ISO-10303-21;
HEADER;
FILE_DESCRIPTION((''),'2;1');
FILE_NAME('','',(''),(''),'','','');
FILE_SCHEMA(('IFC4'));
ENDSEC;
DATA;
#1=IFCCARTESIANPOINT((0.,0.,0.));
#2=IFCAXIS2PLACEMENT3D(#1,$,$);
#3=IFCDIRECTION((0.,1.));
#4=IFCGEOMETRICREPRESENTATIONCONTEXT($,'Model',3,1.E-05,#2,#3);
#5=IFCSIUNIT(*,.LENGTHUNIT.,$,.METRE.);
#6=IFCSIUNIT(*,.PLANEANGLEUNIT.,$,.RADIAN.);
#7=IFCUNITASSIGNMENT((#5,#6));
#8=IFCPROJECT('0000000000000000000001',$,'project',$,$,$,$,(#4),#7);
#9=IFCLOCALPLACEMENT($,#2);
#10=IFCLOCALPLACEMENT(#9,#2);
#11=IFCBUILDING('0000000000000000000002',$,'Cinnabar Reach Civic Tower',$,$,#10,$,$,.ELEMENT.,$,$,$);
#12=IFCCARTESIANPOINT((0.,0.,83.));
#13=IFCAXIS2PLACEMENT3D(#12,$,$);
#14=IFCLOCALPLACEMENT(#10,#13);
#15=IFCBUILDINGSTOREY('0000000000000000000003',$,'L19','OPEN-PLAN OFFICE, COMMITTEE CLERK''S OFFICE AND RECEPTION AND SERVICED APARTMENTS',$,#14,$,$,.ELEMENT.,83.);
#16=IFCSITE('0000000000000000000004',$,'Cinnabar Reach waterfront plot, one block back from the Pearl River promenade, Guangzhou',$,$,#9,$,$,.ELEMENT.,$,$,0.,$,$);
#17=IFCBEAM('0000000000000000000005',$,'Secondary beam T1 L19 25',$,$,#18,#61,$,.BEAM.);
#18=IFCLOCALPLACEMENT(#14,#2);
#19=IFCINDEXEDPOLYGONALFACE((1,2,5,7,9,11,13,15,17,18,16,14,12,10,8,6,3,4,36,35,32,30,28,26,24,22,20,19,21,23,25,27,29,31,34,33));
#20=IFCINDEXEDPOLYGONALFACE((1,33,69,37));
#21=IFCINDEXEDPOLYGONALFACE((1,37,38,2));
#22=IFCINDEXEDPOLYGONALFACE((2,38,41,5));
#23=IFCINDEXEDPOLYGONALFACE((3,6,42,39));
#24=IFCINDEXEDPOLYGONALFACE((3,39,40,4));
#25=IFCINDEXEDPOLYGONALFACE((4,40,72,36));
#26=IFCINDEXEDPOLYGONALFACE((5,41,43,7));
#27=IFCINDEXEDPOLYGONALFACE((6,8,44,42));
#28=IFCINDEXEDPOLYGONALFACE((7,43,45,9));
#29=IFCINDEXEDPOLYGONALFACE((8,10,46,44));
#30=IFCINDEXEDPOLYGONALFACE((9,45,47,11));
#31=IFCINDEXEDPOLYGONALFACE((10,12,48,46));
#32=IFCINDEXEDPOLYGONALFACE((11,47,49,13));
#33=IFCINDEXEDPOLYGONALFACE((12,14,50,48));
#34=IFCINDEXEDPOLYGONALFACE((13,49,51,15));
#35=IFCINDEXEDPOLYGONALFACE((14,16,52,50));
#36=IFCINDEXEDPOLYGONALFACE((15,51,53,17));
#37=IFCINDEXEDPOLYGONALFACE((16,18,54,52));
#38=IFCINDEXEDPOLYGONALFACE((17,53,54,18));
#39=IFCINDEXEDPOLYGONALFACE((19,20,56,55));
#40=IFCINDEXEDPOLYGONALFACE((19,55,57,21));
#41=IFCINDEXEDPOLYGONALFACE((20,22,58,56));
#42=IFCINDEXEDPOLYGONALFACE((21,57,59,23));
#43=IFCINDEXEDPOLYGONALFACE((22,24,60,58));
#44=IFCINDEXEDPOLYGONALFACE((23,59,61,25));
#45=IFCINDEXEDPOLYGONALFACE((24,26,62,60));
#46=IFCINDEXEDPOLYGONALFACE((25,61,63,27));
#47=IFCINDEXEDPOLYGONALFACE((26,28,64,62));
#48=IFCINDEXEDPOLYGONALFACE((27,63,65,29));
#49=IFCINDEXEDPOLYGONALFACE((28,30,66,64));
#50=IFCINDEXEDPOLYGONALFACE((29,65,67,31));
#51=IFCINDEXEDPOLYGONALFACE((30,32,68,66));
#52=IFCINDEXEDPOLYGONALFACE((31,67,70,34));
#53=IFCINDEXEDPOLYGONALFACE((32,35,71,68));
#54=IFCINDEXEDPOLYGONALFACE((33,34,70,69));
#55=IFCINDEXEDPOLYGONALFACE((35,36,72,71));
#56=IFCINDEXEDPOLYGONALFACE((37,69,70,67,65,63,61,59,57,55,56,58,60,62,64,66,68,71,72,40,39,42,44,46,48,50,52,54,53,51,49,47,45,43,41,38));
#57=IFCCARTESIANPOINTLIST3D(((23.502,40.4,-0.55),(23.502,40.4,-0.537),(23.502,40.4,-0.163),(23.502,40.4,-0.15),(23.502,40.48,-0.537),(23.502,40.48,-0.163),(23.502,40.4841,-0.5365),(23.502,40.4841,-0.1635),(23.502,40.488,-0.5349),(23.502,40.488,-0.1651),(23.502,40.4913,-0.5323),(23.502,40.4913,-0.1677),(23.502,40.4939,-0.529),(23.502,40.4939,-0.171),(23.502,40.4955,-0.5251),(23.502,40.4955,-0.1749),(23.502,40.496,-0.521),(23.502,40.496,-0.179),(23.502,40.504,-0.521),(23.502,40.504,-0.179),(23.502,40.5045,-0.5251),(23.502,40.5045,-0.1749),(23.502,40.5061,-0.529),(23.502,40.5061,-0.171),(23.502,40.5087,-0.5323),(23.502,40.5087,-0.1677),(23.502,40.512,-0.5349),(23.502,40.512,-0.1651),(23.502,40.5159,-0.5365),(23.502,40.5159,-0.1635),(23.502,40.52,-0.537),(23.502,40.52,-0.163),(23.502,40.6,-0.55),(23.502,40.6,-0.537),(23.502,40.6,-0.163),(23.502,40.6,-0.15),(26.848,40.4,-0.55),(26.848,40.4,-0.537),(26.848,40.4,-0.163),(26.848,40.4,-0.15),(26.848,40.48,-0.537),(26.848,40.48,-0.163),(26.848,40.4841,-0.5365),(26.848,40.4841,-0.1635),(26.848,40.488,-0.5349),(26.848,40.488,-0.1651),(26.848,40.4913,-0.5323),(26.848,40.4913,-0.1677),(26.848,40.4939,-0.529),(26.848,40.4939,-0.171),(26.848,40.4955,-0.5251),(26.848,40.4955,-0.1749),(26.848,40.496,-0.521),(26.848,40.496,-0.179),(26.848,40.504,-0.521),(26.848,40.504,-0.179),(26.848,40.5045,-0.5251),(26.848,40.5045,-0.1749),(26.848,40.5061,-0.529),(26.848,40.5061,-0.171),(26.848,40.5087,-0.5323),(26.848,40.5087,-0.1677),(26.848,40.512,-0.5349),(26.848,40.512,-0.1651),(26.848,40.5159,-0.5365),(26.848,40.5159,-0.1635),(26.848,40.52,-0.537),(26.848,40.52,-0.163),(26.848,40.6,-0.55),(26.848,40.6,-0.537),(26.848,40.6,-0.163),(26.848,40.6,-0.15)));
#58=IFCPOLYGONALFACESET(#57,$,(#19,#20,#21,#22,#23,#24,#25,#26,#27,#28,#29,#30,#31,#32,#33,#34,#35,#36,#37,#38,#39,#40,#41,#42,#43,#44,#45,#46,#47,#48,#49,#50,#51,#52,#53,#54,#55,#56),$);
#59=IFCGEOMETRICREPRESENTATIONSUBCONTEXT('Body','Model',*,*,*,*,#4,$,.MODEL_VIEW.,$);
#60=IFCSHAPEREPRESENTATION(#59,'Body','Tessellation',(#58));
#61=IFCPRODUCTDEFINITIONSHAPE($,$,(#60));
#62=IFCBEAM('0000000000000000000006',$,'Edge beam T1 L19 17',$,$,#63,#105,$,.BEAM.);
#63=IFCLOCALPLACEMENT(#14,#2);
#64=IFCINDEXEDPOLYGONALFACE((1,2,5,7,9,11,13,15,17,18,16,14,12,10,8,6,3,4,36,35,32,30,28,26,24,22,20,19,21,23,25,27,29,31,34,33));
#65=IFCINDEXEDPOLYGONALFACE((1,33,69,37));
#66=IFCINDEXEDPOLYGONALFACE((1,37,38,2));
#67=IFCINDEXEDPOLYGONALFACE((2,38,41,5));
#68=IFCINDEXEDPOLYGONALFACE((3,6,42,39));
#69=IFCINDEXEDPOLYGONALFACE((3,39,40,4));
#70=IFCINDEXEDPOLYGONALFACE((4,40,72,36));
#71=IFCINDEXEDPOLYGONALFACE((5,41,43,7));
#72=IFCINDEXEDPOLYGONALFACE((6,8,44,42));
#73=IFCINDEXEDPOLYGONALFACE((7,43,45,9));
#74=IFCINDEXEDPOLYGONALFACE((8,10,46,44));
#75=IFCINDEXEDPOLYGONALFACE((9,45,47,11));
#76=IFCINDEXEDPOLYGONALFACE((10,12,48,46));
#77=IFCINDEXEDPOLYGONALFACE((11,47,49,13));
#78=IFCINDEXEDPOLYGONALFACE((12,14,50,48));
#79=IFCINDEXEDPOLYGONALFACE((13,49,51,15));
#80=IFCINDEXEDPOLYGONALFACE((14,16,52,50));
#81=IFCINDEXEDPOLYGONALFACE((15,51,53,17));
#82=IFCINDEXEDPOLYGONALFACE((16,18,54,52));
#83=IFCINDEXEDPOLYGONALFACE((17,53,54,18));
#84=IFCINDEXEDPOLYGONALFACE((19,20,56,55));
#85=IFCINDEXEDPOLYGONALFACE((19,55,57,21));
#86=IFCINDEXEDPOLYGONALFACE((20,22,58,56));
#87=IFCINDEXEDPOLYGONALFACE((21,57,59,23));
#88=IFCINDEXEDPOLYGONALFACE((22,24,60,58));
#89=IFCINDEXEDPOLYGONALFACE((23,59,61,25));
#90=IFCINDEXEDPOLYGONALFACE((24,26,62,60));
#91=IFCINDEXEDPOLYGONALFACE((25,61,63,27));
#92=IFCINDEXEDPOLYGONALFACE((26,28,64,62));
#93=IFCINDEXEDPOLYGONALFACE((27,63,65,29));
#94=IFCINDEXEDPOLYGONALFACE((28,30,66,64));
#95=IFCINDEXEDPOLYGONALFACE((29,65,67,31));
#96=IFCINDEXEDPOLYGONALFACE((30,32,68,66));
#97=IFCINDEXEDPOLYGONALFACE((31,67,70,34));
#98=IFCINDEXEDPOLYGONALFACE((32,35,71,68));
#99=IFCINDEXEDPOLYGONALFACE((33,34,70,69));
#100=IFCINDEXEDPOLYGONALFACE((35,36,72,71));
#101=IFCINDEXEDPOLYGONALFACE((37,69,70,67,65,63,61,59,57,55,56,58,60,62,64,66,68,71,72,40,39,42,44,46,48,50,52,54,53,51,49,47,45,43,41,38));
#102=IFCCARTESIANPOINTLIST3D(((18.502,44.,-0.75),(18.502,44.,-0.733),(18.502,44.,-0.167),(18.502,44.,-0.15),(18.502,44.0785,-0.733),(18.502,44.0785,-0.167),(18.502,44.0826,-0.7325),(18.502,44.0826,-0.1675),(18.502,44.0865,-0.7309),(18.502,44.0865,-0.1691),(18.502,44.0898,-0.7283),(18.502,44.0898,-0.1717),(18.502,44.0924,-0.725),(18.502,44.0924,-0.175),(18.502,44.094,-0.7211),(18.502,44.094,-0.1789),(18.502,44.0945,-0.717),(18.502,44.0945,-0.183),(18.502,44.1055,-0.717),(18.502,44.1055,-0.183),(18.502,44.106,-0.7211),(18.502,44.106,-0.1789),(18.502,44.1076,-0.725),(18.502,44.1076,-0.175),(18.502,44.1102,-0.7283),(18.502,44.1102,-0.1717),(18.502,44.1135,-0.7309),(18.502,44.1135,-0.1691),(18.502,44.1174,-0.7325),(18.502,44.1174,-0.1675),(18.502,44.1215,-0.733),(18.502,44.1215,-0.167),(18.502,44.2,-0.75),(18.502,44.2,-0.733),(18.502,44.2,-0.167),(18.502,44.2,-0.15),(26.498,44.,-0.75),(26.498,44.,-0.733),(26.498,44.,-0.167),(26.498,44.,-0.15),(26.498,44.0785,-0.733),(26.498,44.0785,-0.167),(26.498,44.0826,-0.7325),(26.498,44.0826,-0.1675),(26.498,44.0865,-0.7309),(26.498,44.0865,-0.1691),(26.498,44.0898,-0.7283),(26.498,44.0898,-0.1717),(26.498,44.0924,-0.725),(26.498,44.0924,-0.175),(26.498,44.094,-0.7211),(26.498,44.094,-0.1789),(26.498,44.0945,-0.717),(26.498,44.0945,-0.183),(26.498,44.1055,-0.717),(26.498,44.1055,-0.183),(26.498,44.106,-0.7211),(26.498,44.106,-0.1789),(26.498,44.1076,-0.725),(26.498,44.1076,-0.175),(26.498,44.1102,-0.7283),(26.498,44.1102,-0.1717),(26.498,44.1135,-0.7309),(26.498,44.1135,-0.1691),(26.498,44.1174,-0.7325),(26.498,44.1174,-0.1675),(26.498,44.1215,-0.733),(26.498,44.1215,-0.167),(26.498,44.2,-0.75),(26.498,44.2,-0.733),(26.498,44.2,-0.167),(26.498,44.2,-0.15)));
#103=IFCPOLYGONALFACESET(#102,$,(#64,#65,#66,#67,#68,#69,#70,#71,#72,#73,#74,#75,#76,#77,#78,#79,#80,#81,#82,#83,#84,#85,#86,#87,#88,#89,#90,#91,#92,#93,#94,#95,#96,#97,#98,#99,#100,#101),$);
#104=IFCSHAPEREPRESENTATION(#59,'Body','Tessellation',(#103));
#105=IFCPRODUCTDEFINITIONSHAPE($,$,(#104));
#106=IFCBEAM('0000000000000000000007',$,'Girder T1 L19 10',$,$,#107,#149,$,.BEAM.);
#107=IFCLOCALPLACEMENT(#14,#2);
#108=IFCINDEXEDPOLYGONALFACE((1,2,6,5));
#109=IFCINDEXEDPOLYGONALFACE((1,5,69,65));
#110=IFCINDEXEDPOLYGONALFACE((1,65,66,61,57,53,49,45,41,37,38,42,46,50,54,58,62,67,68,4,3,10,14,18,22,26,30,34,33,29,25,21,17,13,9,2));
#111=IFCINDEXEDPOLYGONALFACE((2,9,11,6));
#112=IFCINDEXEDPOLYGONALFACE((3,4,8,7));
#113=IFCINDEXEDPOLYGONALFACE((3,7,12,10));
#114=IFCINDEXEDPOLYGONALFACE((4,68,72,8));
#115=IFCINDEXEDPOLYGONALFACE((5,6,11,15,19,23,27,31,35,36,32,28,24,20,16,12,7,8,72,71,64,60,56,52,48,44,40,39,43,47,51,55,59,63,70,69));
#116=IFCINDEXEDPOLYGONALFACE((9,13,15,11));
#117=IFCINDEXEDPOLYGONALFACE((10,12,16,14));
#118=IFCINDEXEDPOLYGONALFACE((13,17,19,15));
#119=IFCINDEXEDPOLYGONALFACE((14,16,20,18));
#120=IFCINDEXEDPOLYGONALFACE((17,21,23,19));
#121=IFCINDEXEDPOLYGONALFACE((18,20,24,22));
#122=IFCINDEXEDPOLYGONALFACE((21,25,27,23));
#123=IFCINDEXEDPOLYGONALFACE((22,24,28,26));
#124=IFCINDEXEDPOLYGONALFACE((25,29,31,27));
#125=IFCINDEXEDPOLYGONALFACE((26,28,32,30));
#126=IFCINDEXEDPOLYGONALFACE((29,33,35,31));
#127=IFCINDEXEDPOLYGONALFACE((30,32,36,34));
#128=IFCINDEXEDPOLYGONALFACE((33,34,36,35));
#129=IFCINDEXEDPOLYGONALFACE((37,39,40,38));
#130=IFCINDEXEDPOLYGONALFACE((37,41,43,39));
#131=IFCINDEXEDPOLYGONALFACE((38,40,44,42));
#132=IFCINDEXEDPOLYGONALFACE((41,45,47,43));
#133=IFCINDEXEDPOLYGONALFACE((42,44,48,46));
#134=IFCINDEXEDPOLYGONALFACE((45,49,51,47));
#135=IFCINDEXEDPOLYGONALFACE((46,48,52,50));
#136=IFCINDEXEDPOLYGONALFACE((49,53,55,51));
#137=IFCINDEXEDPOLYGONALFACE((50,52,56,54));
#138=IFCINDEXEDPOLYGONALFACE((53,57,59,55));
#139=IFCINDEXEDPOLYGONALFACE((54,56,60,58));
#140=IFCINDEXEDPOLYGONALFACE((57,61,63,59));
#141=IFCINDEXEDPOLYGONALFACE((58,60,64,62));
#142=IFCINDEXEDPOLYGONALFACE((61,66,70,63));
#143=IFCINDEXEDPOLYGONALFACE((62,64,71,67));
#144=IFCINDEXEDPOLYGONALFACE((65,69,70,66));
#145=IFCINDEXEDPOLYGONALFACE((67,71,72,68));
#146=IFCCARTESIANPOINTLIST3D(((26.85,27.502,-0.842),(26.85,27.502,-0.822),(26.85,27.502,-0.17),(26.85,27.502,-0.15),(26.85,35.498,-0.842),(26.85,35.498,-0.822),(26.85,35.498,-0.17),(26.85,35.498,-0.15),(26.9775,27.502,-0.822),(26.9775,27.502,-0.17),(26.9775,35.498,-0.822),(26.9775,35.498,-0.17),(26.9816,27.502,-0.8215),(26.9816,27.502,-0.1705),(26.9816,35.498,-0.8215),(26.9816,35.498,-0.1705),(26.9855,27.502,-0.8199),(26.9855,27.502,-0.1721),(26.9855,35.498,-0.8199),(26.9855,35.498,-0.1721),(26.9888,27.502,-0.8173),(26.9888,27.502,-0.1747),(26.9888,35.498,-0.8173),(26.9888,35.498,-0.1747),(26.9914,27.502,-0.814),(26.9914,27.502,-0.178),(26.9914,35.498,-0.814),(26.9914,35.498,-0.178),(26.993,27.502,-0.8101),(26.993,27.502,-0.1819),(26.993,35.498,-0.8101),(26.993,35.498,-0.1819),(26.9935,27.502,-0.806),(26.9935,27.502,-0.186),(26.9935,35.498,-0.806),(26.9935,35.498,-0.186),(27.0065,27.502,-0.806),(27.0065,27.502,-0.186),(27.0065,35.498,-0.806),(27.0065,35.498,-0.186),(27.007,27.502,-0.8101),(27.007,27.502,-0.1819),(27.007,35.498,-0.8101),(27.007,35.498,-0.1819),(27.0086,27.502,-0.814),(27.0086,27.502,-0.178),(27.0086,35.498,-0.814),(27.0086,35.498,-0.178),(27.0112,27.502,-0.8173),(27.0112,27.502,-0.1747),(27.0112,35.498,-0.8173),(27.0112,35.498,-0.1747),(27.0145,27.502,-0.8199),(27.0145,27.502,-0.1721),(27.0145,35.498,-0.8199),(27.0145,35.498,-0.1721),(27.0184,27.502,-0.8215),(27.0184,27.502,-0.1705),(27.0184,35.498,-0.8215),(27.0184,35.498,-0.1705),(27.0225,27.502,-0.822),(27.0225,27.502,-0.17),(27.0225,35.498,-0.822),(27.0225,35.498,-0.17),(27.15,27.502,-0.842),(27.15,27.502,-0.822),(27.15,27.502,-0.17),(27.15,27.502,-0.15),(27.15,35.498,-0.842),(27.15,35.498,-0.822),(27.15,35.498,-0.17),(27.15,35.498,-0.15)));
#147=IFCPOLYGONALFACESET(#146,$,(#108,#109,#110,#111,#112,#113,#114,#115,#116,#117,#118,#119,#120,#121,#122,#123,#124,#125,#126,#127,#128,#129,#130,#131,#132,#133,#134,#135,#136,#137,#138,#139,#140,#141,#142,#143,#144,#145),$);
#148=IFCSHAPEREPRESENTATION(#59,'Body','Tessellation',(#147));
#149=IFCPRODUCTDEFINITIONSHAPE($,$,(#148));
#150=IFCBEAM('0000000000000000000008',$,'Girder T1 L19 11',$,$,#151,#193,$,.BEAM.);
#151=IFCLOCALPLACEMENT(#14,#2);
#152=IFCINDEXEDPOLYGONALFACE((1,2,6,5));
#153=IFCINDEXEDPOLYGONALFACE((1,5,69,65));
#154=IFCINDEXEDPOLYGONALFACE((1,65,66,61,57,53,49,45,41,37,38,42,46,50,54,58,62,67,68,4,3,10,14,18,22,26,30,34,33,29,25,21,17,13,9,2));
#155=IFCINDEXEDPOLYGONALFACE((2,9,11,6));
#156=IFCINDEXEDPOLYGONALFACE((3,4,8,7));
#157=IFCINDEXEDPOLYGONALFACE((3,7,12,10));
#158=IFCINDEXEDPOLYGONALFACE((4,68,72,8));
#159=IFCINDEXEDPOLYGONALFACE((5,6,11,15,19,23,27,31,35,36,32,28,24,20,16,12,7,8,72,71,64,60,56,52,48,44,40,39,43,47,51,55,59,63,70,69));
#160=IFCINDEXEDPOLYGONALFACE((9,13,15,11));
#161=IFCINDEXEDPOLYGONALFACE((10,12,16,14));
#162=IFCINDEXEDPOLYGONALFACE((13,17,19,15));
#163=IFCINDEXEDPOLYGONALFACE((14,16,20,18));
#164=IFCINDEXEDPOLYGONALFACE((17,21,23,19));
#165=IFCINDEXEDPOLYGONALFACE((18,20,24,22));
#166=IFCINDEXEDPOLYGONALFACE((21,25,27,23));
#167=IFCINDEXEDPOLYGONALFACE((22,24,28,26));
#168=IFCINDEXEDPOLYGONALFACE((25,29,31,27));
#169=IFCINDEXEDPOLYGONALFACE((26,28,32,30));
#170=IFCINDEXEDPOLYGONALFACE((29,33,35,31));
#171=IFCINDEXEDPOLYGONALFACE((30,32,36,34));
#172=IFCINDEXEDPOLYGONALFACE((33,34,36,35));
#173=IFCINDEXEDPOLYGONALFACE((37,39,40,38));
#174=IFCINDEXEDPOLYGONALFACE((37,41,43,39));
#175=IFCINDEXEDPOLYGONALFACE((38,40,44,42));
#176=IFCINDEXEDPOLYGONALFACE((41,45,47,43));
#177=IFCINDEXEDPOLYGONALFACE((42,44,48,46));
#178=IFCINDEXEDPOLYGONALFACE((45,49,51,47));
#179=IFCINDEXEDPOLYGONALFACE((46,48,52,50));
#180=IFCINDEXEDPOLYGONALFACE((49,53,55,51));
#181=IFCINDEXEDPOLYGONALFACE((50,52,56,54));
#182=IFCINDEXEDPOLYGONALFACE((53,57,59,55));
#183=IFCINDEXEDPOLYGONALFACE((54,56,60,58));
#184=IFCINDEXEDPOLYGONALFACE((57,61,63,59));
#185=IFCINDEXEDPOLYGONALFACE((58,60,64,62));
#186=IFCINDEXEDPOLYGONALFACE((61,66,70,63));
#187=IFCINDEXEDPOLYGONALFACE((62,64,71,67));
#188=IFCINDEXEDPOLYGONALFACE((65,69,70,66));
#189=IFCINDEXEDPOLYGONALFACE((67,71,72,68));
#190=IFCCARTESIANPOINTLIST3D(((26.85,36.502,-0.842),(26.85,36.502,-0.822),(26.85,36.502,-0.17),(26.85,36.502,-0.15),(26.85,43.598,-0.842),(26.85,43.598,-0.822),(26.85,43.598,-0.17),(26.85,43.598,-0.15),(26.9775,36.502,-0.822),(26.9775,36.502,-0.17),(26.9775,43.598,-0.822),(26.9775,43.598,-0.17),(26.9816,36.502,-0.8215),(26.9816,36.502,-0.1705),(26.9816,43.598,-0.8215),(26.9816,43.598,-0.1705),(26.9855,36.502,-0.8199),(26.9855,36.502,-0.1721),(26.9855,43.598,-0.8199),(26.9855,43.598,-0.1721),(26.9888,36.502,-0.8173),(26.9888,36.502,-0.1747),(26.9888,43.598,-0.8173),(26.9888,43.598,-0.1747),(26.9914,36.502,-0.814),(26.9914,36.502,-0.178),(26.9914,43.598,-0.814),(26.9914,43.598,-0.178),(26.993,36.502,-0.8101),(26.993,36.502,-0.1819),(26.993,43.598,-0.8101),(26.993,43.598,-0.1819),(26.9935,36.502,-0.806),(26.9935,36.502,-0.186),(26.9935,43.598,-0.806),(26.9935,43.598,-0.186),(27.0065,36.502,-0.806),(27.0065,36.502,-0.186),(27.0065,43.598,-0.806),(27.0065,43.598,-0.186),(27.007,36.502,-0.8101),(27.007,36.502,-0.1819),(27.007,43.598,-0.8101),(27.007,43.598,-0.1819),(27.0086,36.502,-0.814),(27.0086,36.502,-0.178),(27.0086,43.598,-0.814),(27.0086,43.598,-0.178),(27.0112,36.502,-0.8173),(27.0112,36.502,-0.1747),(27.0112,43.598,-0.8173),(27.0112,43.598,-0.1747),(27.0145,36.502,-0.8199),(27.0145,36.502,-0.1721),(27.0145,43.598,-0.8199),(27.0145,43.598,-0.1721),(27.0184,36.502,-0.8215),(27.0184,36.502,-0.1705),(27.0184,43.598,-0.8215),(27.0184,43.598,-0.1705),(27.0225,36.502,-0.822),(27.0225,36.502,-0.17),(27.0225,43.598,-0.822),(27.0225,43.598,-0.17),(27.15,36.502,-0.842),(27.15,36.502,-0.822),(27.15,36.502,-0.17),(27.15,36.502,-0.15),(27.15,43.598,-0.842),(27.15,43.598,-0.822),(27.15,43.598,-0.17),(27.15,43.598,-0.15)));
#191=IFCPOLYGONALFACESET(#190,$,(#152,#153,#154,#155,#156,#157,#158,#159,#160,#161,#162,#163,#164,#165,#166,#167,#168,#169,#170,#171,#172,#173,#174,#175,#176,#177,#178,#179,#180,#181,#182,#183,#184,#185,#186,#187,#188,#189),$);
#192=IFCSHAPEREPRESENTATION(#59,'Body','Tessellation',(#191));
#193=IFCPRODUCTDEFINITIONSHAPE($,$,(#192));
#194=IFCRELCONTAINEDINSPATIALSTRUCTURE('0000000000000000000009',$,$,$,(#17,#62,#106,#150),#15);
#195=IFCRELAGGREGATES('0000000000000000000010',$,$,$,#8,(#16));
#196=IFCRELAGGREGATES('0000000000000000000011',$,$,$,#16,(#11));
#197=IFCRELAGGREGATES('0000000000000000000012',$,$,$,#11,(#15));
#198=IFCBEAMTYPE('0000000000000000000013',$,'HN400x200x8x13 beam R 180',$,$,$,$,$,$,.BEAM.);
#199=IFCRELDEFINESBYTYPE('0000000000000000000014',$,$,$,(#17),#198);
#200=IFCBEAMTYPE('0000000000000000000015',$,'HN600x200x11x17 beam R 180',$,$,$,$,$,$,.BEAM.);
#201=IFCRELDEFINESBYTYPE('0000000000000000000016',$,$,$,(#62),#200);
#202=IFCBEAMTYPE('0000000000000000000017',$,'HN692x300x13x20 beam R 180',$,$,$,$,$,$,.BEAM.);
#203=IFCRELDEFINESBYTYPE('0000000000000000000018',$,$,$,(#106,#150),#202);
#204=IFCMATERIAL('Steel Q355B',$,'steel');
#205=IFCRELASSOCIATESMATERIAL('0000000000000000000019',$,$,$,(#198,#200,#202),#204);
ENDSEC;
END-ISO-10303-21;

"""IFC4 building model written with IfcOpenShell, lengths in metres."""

from ifc_helpers import new_model, si_unit, direction, frame, origin, origin_2d, place, context, subcontext, project, spatial, i_section, extrude, material, material_profile, profile_set, type_object, element, save


model = new_model("IFC4")

# Units and contexts
model_context = context("Model", 3, precision=1e-05, world=origin(), true_north=direction((0.0, 1.0)))
body_context = subcontext(model_context, "Body", "Model", "MODEL_VIEW")
ifc_project = project(units=[si_unit("LENGTHUNIT", "METRE"), si_unit("PLANEANGLEUNIT", "RADIAN")], contexts=[model_context])

# Site, building, storey
site_placement = place(None, origin())
site = spatial("IfcSite", under=ifc_project, at=site_placement, Name="Cinnabar Reach waterfront plot, one block back from the Pearl River promenade, Guangzhou", CompositionType="ELEMENT", RefElevation=0.0)
building_placement = place(site_placement, origin())
building = spatial("IfcBuilding", under=site, at=building_placement, Name="Cinnabar Reach Civic Tower", CompositionType="ELEMENT")
storey_placement = place(building_placement, frame((0.0, 0.0, 83.0)))
storey = spatial("IfcBuildingStorey", under=building, at=storey_placement, Name="L19", Description="OPEN-PLAN OFFICE, COMMITTEE CLERK'S OFFICE AND RECEPTION AND SERVICED APARTMENTS", CompositionType="ELEMENT", Elevation=83.0)

# Beams
ifc_material_1 = material(Name="Steel Q355B", Category="steel")
ifc_material_profile_1 = material_profile(ifc_material_1, i_section(OverallWidth=0.2, OverallDepth=0.4, WebThickness=0.008, FlangeThickness=0.013, FilletRadius=0.016, at=origin_2d()), Name="HN400x200x8x13")
ifc_profile_set_1 = profile_set([ifc_material_profile_1], Name="Steel Q355B")
beam_type_1 = type_object("IfcBeamType", Name="HN400x200x8x13 beam R 180", PredefinedType="BEAM", material=ifc_profile_set_1)
for number, where, z_axis, x_axis, name in (
    (1, (23.502, 40.5, -0.35), (1.0, 0.0, 0.0), (0.0, 1.0, 0.0), "Secondary beam T1 L19 25"),
):
    element("IfcBeam", number, at=place(storey_placement, frame(where, z_axis=z_axis, x_axis=x_axis)), inside=storey, type_object=beam_type_1, Name=name, PredefinedType="BEAM", context=body_context, shape_type="SweptSolid", body=[
        extrude(i_section(OverallWidth=0.2, OverallDepth=0.4, WebThickness=0.008, FlangeThickness=0.013, FilletRadius=0.016, at=origin_2d()), origin(), (0.0, 0.0, 1.0), 3.346),
    ])
ifc_material_profile_2 = material_profile(ifc_material_1, i_section(OverallWidth=0.2, OverallDepth=0.6, WebThickness=0.011, FlangeThickness=0.017, FilletRadius=0.016, at=origin_2d()), Name="HN600x200x11x17")
ifc_profile_set_2 = profile_set([ifc_material_profile_2], Name="Steel Q355B")
beam_type_2 = type_object("IfcBeamType", Name="HN600x200x11x17 beam R 180", PredefinedType="BEAM", material=ifc_profile_set_2)
beam_1_placement = place(storey_placement, frame((26.498, 44.1, -0.45), z_axis=(-1.0, 0.0, 0.0), x_axis=(0.0, -1.0, 0.0)))
element("IfcBeam", 2, at=beam_1_placement, inside=storey, type_object=beam_type_2, Name="Edge beam T1 L19 17", PredefinedType="BEAM", context=body_context, shape_type="SweptSolid", body=[
    extrude(i_section(OverallWidth=0.2, OverallDepth=0.6, WebThickness=0.011, FlangeThickness=0.017, FilletRadius=0.016, at=origin_2d()), origin(), (0.0, 0.0, 1.0), 7.996),
])
ifc_material_profile_3 = material_profile(ifc_material_1, i_section(OverallWidth=0.3, OverallDepth=0.692, WebThickness=0.013, FlangeThickness=0.02, FilletRadius=0.016, at=origin_2d()), Name="HN692x300x13x20")
ifc_profile_set_3 = profile_set([ifc_material_profile_3], Name="Steel Q355B")
beam_type_3 = type_object("IfcBeamType", Name="HN692x300x13x20 beam R 180", PredefinedType="BEAM", material=ifc_profile_set_3)
beam_2_placement = place(storey_placement, frame((27.0, 27.502, -0.496), z_axis=(0.0, 1.0, 0.0), x_axis=(-1.0, 0.0, 0.0)))
element("IfcBeam", 3, at=beam_2_placement, inside=storey, type_object=beam_type_3, Name="Girder T1 L19 10", PredefinedType="BEAM", context=body_context, shape_type="SweptSolid", body=[
    extrude(i_section(OverallWidth=0.3, OverallDepth=0.692, WebThickness=0.013, FlangeThickness=0.02, FilletRadius=0.016, at=origin_2d()), origin(), (0.0, 0.0, 1.0), 7.996),
])
beam_3_placement = place(storey_placement, frame((27.0, 36.502, -0.496), z_axis=(0.0, 1.0, 0.0), x_axis=(-1.0, 0.0, 0.0)))
element("IfcBeam", 4, at=beam_3_placement, inside=storey, type_object=beam_type_3, Name="Girder T1 L19 11", PredefinedType="BEAM", context=body_context, shape_type="SweptSolid", body=[
    extrude(i_section(OverallWidth=0.3, OverallDepth=0.692, WebThickness=0.013, FlangeThickness=0.02, FilletRadius=0.016, at=origin_2d()), origin(), (0.0, 0.0, 1.0), 7.096),
])

save(model, "model.ifc")
